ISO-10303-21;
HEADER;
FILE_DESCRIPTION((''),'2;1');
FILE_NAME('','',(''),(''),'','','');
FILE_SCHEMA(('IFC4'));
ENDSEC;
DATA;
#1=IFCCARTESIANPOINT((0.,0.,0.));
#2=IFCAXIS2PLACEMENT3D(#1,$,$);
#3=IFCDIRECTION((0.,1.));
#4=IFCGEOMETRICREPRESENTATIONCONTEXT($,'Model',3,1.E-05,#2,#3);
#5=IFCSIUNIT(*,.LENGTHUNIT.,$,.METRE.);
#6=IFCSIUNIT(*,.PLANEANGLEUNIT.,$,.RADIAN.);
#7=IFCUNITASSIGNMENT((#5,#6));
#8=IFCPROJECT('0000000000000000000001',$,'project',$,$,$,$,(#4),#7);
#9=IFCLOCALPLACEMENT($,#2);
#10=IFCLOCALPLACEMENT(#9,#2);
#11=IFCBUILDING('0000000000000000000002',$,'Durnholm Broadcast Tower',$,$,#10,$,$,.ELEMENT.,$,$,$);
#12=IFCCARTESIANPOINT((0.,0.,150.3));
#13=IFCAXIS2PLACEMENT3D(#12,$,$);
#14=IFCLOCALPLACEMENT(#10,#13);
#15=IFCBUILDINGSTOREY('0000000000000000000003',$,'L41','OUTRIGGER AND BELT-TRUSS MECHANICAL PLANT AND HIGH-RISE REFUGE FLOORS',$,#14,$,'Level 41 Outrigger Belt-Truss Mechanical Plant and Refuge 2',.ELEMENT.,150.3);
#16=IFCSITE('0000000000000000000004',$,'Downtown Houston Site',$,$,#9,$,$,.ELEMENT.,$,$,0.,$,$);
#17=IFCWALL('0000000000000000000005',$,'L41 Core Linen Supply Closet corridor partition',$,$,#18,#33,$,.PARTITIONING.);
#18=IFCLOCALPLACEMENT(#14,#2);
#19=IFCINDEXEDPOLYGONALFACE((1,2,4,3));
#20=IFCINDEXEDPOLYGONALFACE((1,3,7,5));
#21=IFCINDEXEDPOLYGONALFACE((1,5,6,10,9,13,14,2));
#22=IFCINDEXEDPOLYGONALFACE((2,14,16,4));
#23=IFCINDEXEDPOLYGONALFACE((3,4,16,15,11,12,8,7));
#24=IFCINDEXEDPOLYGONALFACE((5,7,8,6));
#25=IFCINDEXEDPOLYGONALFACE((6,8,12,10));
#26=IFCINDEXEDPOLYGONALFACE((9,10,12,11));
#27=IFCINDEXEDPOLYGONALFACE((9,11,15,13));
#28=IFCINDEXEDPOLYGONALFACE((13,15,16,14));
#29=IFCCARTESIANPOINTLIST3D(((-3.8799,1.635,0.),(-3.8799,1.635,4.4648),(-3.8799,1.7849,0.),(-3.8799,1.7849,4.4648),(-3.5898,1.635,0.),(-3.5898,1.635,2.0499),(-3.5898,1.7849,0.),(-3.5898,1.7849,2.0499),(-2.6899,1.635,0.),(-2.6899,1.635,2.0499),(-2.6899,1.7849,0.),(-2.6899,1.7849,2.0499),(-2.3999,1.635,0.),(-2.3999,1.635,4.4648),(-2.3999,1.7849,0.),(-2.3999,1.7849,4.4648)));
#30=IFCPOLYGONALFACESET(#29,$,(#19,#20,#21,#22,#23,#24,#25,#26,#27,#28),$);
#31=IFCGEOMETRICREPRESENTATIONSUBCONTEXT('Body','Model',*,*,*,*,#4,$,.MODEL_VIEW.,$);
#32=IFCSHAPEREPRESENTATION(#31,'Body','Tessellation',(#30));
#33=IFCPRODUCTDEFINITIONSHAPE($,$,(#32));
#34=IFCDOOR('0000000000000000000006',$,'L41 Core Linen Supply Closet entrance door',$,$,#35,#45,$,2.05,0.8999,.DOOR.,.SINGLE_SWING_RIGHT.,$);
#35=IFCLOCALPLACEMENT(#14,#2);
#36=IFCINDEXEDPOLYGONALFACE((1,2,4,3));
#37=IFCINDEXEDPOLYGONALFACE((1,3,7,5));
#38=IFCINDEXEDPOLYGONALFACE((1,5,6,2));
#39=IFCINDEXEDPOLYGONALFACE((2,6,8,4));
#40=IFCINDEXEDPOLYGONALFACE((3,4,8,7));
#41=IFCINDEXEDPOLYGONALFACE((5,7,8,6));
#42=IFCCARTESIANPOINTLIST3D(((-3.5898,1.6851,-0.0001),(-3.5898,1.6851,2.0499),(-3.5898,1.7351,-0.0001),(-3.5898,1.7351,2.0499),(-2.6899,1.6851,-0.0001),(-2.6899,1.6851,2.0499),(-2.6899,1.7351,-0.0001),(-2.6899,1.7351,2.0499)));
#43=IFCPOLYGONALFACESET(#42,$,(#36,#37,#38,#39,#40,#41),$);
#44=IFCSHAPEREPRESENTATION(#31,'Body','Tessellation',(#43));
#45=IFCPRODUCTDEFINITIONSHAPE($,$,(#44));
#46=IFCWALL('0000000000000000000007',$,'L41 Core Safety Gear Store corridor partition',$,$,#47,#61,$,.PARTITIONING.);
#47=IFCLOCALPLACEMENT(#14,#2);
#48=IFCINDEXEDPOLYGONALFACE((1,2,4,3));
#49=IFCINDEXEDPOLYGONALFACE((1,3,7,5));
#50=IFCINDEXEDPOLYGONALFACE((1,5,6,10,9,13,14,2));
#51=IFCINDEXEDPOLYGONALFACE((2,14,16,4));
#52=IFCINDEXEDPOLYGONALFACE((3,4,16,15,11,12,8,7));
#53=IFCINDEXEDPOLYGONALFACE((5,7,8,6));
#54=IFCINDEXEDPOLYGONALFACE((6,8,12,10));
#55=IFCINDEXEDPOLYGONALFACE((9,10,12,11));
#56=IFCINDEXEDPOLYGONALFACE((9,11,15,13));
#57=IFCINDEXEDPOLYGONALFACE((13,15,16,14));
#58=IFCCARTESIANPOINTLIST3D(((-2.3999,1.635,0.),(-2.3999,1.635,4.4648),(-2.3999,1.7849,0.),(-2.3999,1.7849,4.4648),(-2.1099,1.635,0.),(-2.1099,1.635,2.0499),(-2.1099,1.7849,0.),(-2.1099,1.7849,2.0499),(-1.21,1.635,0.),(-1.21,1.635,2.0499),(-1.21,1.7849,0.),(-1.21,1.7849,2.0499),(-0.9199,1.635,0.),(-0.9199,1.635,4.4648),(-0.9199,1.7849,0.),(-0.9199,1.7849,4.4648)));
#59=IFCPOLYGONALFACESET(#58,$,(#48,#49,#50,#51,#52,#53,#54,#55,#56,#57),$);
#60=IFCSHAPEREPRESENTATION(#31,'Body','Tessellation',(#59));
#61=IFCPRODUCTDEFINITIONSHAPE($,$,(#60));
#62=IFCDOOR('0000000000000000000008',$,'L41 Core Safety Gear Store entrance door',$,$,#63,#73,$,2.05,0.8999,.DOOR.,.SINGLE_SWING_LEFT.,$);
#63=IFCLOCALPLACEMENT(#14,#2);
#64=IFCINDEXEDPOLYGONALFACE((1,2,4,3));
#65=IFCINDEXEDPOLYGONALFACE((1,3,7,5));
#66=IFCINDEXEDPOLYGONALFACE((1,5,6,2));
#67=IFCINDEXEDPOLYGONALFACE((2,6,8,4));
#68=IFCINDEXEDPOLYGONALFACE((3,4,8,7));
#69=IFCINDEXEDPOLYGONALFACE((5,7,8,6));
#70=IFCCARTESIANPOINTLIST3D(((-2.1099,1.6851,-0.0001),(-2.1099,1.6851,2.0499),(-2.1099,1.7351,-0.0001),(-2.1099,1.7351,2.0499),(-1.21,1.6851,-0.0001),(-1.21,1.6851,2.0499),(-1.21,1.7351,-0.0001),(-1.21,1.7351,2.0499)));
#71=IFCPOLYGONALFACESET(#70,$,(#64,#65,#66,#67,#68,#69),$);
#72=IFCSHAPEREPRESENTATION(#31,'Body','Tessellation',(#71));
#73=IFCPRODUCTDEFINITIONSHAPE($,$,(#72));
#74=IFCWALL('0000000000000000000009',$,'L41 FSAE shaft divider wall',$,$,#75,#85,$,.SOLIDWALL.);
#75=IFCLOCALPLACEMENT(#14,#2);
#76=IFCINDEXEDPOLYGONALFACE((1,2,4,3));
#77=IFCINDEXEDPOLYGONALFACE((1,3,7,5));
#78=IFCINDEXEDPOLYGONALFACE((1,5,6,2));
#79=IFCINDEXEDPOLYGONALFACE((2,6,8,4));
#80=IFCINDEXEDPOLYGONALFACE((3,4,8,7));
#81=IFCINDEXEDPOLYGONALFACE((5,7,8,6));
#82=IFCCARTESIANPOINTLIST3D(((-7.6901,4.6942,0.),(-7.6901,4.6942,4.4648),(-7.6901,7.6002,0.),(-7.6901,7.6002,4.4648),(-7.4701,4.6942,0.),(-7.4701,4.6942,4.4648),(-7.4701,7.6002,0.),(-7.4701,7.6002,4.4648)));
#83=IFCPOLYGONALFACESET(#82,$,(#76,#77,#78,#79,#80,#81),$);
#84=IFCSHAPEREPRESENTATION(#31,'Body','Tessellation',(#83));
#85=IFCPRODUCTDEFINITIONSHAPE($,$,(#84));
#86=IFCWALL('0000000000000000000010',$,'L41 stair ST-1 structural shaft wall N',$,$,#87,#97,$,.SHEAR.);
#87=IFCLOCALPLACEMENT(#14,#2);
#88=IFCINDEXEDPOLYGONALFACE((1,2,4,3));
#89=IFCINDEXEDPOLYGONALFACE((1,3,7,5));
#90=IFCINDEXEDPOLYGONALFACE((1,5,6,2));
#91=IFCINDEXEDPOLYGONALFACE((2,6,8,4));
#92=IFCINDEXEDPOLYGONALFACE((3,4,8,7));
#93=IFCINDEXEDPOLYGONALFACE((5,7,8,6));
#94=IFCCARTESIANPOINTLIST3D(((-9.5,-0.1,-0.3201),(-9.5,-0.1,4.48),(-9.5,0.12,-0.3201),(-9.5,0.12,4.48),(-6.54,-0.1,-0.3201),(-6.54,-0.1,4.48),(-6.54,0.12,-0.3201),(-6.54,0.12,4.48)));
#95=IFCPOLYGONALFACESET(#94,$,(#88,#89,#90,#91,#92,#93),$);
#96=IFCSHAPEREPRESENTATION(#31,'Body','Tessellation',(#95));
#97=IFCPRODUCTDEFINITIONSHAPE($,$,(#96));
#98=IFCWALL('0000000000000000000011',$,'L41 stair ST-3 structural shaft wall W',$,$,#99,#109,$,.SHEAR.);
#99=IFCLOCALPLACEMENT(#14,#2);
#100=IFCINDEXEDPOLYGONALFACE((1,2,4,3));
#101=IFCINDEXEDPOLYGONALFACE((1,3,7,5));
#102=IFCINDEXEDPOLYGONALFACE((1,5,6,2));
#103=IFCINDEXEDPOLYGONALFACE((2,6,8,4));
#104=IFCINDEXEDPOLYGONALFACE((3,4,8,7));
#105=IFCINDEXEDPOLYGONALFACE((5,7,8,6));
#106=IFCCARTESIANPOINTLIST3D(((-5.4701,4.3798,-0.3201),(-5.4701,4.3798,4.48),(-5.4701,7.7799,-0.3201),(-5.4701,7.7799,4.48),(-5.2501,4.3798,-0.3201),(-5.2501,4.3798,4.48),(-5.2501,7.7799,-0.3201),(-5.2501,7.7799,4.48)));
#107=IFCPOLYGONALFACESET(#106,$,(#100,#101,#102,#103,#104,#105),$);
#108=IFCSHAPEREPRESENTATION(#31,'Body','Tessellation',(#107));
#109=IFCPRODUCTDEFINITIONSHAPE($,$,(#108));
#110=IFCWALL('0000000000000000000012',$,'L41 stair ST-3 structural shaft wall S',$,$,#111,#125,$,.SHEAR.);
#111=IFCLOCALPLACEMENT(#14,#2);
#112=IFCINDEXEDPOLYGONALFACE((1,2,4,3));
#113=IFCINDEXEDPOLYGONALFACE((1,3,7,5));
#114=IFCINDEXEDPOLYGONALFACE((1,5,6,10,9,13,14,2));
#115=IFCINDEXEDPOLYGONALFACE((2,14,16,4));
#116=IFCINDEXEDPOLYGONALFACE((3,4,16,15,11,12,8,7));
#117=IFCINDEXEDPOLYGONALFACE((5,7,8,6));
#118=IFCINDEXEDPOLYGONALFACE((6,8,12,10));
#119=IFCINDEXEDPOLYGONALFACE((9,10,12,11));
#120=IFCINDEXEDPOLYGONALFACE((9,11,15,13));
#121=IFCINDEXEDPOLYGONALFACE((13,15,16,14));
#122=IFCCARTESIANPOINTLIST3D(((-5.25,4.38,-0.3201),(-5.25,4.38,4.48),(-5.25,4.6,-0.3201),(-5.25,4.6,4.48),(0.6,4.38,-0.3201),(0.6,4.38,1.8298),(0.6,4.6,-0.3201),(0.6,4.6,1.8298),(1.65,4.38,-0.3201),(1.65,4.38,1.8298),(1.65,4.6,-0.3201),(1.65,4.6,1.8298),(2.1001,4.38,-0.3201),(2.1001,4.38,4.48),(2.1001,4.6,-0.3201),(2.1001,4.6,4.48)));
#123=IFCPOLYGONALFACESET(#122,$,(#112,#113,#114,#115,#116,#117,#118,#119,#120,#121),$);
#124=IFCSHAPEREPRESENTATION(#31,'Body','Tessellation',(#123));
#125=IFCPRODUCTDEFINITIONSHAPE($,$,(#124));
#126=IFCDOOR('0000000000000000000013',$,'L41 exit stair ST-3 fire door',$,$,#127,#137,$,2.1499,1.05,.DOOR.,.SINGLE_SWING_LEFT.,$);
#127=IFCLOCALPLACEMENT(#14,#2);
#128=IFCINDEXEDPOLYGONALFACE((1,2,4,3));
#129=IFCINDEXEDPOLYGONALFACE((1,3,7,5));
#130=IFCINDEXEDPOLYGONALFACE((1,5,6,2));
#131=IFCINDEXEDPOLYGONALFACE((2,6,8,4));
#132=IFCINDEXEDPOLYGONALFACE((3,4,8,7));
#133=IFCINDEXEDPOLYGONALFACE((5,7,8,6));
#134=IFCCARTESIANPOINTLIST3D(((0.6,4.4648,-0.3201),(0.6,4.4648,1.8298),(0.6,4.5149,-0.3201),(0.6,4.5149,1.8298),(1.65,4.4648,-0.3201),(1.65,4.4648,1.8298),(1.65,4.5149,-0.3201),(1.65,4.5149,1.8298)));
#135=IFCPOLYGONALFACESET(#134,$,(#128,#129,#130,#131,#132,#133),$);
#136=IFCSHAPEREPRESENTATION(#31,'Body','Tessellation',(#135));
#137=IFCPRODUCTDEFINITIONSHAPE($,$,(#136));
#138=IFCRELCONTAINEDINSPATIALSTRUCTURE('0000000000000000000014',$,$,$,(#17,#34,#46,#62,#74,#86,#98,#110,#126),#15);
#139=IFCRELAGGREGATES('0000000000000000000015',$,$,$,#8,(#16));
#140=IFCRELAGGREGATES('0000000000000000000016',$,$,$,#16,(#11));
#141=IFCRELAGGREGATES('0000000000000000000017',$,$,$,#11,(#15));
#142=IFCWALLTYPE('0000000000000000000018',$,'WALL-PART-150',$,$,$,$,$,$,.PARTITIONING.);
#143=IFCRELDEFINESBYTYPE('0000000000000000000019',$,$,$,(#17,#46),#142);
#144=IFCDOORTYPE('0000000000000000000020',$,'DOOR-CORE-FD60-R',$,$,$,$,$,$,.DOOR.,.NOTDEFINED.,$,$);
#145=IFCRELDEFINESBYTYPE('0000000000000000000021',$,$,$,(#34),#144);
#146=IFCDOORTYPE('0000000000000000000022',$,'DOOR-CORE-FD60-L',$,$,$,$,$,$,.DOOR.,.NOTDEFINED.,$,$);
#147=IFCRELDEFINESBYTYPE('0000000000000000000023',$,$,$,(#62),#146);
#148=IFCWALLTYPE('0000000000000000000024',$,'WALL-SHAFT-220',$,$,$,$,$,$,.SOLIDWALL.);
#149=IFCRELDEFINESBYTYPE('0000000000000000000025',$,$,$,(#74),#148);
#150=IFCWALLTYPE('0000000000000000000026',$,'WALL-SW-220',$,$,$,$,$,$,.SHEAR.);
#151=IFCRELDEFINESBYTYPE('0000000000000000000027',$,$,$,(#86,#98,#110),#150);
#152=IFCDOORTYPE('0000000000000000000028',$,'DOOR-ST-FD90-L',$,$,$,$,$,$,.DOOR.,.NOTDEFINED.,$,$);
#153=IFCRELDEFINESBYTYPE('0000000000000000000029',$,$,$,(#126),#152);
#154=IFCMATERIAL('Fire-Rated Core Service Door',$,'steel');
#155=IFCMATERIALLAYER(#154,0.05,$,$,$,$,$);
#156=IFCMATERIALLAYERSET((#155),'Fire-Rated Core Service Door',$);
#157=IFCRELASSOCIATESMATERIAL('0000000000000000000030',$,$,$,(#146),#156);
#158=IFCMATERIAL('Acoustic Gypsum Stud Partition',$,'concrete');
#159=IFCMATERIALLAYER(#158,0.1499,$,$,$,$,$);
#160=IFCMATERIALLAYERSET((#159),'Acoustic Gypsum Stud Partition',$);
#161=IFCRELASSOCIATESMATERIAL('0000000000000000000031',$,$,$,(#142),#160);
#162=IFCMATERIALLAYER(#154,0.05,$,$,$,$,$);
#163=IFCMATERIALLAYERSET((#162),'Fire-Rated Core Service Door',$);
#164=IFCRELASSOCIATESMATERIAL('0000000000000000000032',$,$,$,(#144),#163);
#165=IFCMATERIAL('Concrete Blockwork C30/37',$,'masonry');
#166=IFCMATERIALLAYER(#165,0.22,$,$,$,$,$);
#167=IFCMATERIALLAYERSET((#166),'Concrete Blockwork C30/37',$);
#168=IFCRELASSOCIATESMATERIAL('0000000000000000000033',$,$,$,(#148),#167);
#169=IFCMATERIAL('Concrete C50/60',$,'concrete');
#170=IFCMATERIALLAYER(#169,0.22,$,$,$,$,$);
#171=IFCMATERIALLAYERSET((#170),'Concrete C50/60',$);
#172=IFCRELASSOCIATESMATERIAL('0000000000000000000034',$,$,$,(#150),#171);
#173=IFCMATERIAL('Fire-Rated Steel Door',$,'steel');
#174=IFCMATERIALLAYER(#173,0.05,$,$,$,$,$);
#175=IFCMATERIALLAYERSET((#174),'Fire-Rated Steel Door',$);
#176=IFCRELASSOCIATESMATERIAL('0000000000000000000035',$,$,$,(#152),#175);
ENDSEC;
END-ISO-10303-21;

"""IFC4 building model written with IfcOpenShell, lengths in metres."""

from ifc_helpers import new_model, si_unit, direction, frame, frame_2d, origin, place, context, subcontext, project, spatial, rectangle, extrude, source, transform, mapped, material, layer, layer_set, type_object, type_shapes, element, fill, save


model = new_model("IFC4")

# Units and contexts
model_context = context("Model", 3, precision=1e-05, world=origin(), true_north=direction((0.0, 1.0)))
body_context = subcontext(model_context, "Body", "Model", "MODEL_VIEW")
ifc_project = project(units=[si_unit("LENGTHUNIT", "METRE"), si_unit("PLANEANGLEUNIT", "RADIAN")], contexts=[model_context])

# Site, building, storey
site_placement = place(None, origin())
site = spatial("IfcSite", under=ifc_project, at=site_placement, Name="Downtown Houston Site", CompositionType="ELEMENT", RefElevation=0.0)
building_placement = place(site_placement, origin())
building = spatial("IfcBuilding", under=site, at=building_placement, Name="Durnholm Broadcast Tower", CompositionType="ELEMENT")
storey_placement = place(building_placement, frame((0.0, 0.0, 150.3)))
storey = spatial("IfcBuildingStorey", under=building, at=storey_placement, Name="L41", Description="OUTRIGGER AND BELT-TRUSS MECHANICAL PLANT AND HIGH-RISE REFUGE FLOORS", LongName="Level 41 Outrigger Belt-Truss Mechanical Plant and Refuge 2", CompositionType="ELEMENT", Elevation=150.3)

# Shared definitions
ifc_material_1 = material(Name="Concrete C50/60", Category="concrete")

# Shared definitions
ifc_material_2 = material(Name="Fire-Rated Core Service Door", Category="steel")
ifc_layer_1 = layer(ifc_material_2, 0.05)
ifc_layer_set_1 = layer_set([ifc_layer_1], Name="Fire-Rated Core Service Door")
door_type_1 = type_object("IfcDoorType", Name="DOOR-CORE-FD60-L", OperationType="NOTDEFINED", PredefinedType="DOOR", material=ifc_layer_set_1)
shared_shape_1 = source(origin(), body_context, "Body", "SweptSolid", [
    extrude(rectangle(XDim=0.8999, YDim=2.05, at=frame_2d((0.45, 1.0249))), frame((0.0, 0.0249, 0.0), z_axis=(0.0, -1.0, 0.0), x_axis=(1.0, 0.0, 0.0)), (0.0, 0.0, 1.0), 0.05),
])
type_shapes(door_type_1, [shared_shape_1])

# Walls, openings, doors
ifc_material_3 = material(Name="Acoustic Gypsum Stud Partition", Category="concrete")
ifc_layer_2 = layer(ifc_material_3, 0.1499)
ifc_layer_set_2 = layer_set([ifc_layer_2], Name="Acoustic Gypsum Stud Partition")
wall_type_1 = type_object("IfcWallType", Name="WALL-PART-150", PredefinedType="PARTITIONING", material=ifc_layer_set_2)
wall_1_placement = place(storey_placement, frame((-2.3999, 1.71, 0.0), z_axis=(0.0, 0.0, 1.0), x_axis=(-1.0, 0.0, 0.0)))
wall_1 = element("IfcWall", 1, at=wall_1_placement, inside=storey, type_object=wall_type_1, Name="L41 Core Linen Supply Closet corridor partition", PredefinedType="PARTITIONING", context=body_context, shape_type="SweptSolid", body=[
    extrude(rectangle(XDim=1.48, YDim=0.1499, at=frame_2d((0.74, 0.0))), origin(), (0.0, 0.0, 1.0), 4.4648),
])
opening_1_placement = place(wall_1_placement, frame((0.29, 0.0, 0.0)))
opening_1 = element("IfcOpeningElement", 2, at=opening_1_placement, cuts=wall_1, PredefinedType="OPENING", context=body_context, shape_type="SweptSolid", body=[
    extrude(rectangle(XDim=0.8999, YDim=2.05, at=frame_2d((0.45, 1.0249))), frame((0.0, 0.085, 0.0), z_axis=(0.0, -1.0, 0.0), x_axis=(1.0, 0.0, 0.0)), (0.0, 0.0, 1.0), 0.1699),
])
ifc_layer_3 = layer(ifc_material_2, 0.05)
ifc_layer_set_3 = layer_set([ifc_layer_3], Name="Fire-Rated Core Service Door")
door_type_2 = type_object("IfcDoorType", Name="DOOR-CORE-FD60-R", OperationType="NOTDEFINED", PredefinedType="DOOR", material=ifc_layer_set_3)
shared_shape_2 = source(origin(), body_context, "Body", "SweptSolid", [
    extrude(rectangle(XDim=0.8999, YDim=2.05, at=frame_2d((0.45, 1.0249))), frame((0.0, 0.0249, 0.0), z_axis=(0.0, -1.0, 0.0), x_axis=(1.0, 0.0, 0.0)), (0.0, 0.0, 1.0), 0.05),
])
type_shapes(door_type_2, [shared_shape_2])
door_1_placement = place(opening_1_placement, origin())
door_1 = element("IfcDoor", 3, at=door_1_placement, inside=storey, type_object=door_type_2, Name="L41 Core Linen Supply Closet entrance door", OperationType="SINGLE_SWING_RIGHT", OverallHeight=2.05, OverallWidth=0.8999, PredefinedType="DOOR", context=body_context, shape_type="MappedRepresentation", body=[
    mapped(shared_shape_2, transform((0.0, 0.0, 0.0), x_axis=(1.0, 0.0, 0.0), y_axis=(0.0, 1.0, 0.0), z_axis=(0.0, 0.0, 1.0), scale=1.0)),
])
fill(opening_1, door_1)
wall_2_placement = place(storey_placement, frame((-0.9199, 1.71, 0.0), z_axis=(0.0, 0.0, 1.0), x_axis=(-1.0, 0.0, 0.0)))
wall_2 = element("IfcWall", 4, at=wall_2_placement, inside=storey, type_object=wall_type_1, Name="L41 Core Safety Gear Store corridor partition", PredefinedType="PARTITIONING", context=body_context, shape_type="SweptSolid", body=[
    extrude(rectangle(XDim=1.48, YDim=0.1499, at=frame_2d((0.74, 0.0))), origin(), (0.0, 0.0, 1.0), 4.4648),
])
opening_2_placement = place(wall_2_placement, frame((0.29, 0.0, 0.0)))
opening_2 = element("IfcOpeningElement", 5, at=opening_2_placement, cuts=wall_2, PredefinedType="OPENING", context=body_context, shape_type="SweptSolid", body=[
    extrude(rectangle(XDim=0.8999, YDim=2.05, at=frame_2d((0.45, 1.0249))), frame((0.0, 0.085, 0.0), z_axis=(0.0, -1.0, 0.0), x_axis=(1.0, 0.0, 0.0)), (0.0, 0.0, 1.0), 0.1699),
])
door_2_placement = place(opening_2_placement, origin())
door_2 = element("IfcDoor", 6, at=door_2_placement, inside=storey, type_object=door_type_1, Name="L41 Core Safety Gear Store entrance door", OperationType="SINGLE_SWING_LEFT", OverallHeight=2.05, OverallWidth=0.8999, PredefinedType="DOOR", context=body_context, shape_type="MappedRepresentation", body=[
    mapped(shared_shape_1, transform((0.0, 0.0, 0.0), x_axis=(1.0, 0.0, 0.0), y_axis=(0.0, 1.0, 0.0), z_axis=(0.0, 0.0, 1.0), scale=1.0)),
])
fill(opening_2, door_2)

# Walls
ifc_material_4 = material(Name="Concrete Blockwork C30/37", Category="masonry")
ifc_layer_4 = layer(ifc_material_4, 0.22)
ifc_layer_set_4 = layer_set([ifc_layer_4], Name="Concrete Blockwork C30/37")
wall_type_2 = type_object("IfcWallType", Name="WALL-SHAFT-220", PredefinedType="SOLIDWALL", material=ifc_layer_set_4)
wall_3_placement = place(storey_placement, frame((-7.5801, 4.6941, 0.0), z_axis=(0.0, 0.0, 1.0), x_axis=(0.0, 1.0, 0.0)))
element("IfcWall", 7, at=wall_3_placement, inside=storey, type_object=wall_type_2, Name="L41 FSAE shaft divider wall", PredefinedType="SOLIDWALL", context=body_context, shape_type="SweptSolid", body=[
    extrude(rectangle(XDim=2.906, YDim=0.22, at=frame_2d((1.4531, 0.0))), origin(), (0.0, 0.0, 1.0), 4.4648),
])
ifc_layer_5 = layer(ifc_material_1, 0.22)
ifc_layer_set_5 = layer_set([ifc_layer_5], Name="Concrete C50/60")
wall_type_3 = type_object("IfcWallType", Name="WALL-SW-220", PredefinedType="SHEAR", material=ifc_layer_set_5)
wall_4_placement = place(storey_placement, frame((-6.54, 0.01, -0.3201), z_axis=(0.0, 0.0, 1.0), x_axis=(-1.0, 0.0, 0.0)))
element("IfcWall", 8, at=wall_4_placement, inside=storey, type_object=wall_type_3, Name="L41 stair ST-1 structural shaft wall N", PredefinedType="SHEAR", context=body_context, shape_type="SweptSolid", body=[
    extrude(rectangle(XDim=2.96, YDim=0.22, at=frame_2d((1.48, 0.0))), origin(), (0.0, 0.0, 1.0), 4.8),
])
wall_5_placement = place(storey_placement, frame((-5.3601, 7.78, -0.3201), z_axis=(0.0, 0.0, 1.0), x_axis=(0.0, -1.0, 0.0)))
element("IfcWall", 9, at=wall_5_placement, inside=storey, type_object=wall_type_3, Name="L41 stair ST-3 structural shaft wall W", PredefinedType="SHEAR", context=body_context, shape_type="SweptSolid", body=[
    extrude(rectangle(XDim=3.4001, YDim=0.22, at=frame_2d((1.7002, 0.0))), origin(), (0.0, 0.0, 1.0), 4.8),
])

# Wall, opening, door
wall_6_placement = place(storey_placement, frame((-5.25, 4.49, -0.3201), z_axis=(0.0, 0.0, 1.0), x_axis=(1.0, 0.0, 0.0)))
wall_6 = element("IfcWall", 10, at=wall_6_placement, inside=storey, type_object=wall_type_3, Name="L41 stair ST-3 structural shaft wall S", PredefinedType="SHEAR", context=body_context, shape_type="SweptSolid", body=[
    extrude(rectangle(XDim=7.3501, YDim=0.22, at=frame_2d((3.675, 0.0))), origin(), (0.0, 0.0, 1.0), 4.8),
])
opening_3_placement = place(wall_6_placement, frame((5.8501, 0.0, 0.0)))
opening_3 = element("IfcOpeningElement", 11, at=opening_3_placement, cuts=wall_6, PredefinedType="OPENING", context=body_context, shape_type="SweptSolid", body=[
    extrude(rectangle(XDim=1.05, YDim=2.1499, at=frame_2d((0.5249, 1.075))), frame((0.0, 0.1201, 0.0), z_axis=(0.0, -1.0, 0.0), x_axis=(1.0, 0.0, 0.0)), (0.0, 0.0, 1.0), 0.24),
])
ifc_material_5 = material(Name="Fire-Rated Steel Door", Category="steel")
ifc_layer_6 = layer(ifc_material_5, 0.05)
ifc_layer_set_6 = layer_set([ifc_layer_6], Name="Fire-Rated Steel Door")
door_type_3 = type_object("IfcDoorType", Name="DOOR-ST-FD90-L", OperationType="NOTDEFINED", PredefinedType="DOOR", material=ifc_layer_set_6)
shared_shape_3 = source(origin(), body_context, "Body", "SweptSolid", [
    extrude(rectangle(XDim=1.05, YDim=2.1499, at=frame_2d((0.5249, 1.075))), frame((0.0, 0.0249, 0.0), z_axis=(0.0, -1.0, 0.0), x_axis=(1.0, 0.0, 0.0)), (0.0, 0.0, 1.0), 0.05),
])
type_shapes(door_type_3, [shared_shape_3])
door_3_placement = place(opening_3_placement, origin())
door_3 = element("IfcDoor", 12, at=door_3_placement, inside=storey, type_object=door_type_3, Name="L41 exit stair ST-3 fire door", OperationType="SINGLE_SWING_LEFT", OverallHeight=2.1499, OverallWidth=1.05, PredefinedType="DOOR", context=body_context, shape_type="MappedRepresentation", body=[
    mapped(shared_shape_3, transform((0.0, 0.0, 0.0), x_axis=(1.0, 0.0, 0.0), y_axis=(0.0, 1.0, 0.0), z_axis=(0.0, 0.0, 1.0), scale=1.0)),
])
fill(opening_3, door_3)

save(model, "model.ifc")
